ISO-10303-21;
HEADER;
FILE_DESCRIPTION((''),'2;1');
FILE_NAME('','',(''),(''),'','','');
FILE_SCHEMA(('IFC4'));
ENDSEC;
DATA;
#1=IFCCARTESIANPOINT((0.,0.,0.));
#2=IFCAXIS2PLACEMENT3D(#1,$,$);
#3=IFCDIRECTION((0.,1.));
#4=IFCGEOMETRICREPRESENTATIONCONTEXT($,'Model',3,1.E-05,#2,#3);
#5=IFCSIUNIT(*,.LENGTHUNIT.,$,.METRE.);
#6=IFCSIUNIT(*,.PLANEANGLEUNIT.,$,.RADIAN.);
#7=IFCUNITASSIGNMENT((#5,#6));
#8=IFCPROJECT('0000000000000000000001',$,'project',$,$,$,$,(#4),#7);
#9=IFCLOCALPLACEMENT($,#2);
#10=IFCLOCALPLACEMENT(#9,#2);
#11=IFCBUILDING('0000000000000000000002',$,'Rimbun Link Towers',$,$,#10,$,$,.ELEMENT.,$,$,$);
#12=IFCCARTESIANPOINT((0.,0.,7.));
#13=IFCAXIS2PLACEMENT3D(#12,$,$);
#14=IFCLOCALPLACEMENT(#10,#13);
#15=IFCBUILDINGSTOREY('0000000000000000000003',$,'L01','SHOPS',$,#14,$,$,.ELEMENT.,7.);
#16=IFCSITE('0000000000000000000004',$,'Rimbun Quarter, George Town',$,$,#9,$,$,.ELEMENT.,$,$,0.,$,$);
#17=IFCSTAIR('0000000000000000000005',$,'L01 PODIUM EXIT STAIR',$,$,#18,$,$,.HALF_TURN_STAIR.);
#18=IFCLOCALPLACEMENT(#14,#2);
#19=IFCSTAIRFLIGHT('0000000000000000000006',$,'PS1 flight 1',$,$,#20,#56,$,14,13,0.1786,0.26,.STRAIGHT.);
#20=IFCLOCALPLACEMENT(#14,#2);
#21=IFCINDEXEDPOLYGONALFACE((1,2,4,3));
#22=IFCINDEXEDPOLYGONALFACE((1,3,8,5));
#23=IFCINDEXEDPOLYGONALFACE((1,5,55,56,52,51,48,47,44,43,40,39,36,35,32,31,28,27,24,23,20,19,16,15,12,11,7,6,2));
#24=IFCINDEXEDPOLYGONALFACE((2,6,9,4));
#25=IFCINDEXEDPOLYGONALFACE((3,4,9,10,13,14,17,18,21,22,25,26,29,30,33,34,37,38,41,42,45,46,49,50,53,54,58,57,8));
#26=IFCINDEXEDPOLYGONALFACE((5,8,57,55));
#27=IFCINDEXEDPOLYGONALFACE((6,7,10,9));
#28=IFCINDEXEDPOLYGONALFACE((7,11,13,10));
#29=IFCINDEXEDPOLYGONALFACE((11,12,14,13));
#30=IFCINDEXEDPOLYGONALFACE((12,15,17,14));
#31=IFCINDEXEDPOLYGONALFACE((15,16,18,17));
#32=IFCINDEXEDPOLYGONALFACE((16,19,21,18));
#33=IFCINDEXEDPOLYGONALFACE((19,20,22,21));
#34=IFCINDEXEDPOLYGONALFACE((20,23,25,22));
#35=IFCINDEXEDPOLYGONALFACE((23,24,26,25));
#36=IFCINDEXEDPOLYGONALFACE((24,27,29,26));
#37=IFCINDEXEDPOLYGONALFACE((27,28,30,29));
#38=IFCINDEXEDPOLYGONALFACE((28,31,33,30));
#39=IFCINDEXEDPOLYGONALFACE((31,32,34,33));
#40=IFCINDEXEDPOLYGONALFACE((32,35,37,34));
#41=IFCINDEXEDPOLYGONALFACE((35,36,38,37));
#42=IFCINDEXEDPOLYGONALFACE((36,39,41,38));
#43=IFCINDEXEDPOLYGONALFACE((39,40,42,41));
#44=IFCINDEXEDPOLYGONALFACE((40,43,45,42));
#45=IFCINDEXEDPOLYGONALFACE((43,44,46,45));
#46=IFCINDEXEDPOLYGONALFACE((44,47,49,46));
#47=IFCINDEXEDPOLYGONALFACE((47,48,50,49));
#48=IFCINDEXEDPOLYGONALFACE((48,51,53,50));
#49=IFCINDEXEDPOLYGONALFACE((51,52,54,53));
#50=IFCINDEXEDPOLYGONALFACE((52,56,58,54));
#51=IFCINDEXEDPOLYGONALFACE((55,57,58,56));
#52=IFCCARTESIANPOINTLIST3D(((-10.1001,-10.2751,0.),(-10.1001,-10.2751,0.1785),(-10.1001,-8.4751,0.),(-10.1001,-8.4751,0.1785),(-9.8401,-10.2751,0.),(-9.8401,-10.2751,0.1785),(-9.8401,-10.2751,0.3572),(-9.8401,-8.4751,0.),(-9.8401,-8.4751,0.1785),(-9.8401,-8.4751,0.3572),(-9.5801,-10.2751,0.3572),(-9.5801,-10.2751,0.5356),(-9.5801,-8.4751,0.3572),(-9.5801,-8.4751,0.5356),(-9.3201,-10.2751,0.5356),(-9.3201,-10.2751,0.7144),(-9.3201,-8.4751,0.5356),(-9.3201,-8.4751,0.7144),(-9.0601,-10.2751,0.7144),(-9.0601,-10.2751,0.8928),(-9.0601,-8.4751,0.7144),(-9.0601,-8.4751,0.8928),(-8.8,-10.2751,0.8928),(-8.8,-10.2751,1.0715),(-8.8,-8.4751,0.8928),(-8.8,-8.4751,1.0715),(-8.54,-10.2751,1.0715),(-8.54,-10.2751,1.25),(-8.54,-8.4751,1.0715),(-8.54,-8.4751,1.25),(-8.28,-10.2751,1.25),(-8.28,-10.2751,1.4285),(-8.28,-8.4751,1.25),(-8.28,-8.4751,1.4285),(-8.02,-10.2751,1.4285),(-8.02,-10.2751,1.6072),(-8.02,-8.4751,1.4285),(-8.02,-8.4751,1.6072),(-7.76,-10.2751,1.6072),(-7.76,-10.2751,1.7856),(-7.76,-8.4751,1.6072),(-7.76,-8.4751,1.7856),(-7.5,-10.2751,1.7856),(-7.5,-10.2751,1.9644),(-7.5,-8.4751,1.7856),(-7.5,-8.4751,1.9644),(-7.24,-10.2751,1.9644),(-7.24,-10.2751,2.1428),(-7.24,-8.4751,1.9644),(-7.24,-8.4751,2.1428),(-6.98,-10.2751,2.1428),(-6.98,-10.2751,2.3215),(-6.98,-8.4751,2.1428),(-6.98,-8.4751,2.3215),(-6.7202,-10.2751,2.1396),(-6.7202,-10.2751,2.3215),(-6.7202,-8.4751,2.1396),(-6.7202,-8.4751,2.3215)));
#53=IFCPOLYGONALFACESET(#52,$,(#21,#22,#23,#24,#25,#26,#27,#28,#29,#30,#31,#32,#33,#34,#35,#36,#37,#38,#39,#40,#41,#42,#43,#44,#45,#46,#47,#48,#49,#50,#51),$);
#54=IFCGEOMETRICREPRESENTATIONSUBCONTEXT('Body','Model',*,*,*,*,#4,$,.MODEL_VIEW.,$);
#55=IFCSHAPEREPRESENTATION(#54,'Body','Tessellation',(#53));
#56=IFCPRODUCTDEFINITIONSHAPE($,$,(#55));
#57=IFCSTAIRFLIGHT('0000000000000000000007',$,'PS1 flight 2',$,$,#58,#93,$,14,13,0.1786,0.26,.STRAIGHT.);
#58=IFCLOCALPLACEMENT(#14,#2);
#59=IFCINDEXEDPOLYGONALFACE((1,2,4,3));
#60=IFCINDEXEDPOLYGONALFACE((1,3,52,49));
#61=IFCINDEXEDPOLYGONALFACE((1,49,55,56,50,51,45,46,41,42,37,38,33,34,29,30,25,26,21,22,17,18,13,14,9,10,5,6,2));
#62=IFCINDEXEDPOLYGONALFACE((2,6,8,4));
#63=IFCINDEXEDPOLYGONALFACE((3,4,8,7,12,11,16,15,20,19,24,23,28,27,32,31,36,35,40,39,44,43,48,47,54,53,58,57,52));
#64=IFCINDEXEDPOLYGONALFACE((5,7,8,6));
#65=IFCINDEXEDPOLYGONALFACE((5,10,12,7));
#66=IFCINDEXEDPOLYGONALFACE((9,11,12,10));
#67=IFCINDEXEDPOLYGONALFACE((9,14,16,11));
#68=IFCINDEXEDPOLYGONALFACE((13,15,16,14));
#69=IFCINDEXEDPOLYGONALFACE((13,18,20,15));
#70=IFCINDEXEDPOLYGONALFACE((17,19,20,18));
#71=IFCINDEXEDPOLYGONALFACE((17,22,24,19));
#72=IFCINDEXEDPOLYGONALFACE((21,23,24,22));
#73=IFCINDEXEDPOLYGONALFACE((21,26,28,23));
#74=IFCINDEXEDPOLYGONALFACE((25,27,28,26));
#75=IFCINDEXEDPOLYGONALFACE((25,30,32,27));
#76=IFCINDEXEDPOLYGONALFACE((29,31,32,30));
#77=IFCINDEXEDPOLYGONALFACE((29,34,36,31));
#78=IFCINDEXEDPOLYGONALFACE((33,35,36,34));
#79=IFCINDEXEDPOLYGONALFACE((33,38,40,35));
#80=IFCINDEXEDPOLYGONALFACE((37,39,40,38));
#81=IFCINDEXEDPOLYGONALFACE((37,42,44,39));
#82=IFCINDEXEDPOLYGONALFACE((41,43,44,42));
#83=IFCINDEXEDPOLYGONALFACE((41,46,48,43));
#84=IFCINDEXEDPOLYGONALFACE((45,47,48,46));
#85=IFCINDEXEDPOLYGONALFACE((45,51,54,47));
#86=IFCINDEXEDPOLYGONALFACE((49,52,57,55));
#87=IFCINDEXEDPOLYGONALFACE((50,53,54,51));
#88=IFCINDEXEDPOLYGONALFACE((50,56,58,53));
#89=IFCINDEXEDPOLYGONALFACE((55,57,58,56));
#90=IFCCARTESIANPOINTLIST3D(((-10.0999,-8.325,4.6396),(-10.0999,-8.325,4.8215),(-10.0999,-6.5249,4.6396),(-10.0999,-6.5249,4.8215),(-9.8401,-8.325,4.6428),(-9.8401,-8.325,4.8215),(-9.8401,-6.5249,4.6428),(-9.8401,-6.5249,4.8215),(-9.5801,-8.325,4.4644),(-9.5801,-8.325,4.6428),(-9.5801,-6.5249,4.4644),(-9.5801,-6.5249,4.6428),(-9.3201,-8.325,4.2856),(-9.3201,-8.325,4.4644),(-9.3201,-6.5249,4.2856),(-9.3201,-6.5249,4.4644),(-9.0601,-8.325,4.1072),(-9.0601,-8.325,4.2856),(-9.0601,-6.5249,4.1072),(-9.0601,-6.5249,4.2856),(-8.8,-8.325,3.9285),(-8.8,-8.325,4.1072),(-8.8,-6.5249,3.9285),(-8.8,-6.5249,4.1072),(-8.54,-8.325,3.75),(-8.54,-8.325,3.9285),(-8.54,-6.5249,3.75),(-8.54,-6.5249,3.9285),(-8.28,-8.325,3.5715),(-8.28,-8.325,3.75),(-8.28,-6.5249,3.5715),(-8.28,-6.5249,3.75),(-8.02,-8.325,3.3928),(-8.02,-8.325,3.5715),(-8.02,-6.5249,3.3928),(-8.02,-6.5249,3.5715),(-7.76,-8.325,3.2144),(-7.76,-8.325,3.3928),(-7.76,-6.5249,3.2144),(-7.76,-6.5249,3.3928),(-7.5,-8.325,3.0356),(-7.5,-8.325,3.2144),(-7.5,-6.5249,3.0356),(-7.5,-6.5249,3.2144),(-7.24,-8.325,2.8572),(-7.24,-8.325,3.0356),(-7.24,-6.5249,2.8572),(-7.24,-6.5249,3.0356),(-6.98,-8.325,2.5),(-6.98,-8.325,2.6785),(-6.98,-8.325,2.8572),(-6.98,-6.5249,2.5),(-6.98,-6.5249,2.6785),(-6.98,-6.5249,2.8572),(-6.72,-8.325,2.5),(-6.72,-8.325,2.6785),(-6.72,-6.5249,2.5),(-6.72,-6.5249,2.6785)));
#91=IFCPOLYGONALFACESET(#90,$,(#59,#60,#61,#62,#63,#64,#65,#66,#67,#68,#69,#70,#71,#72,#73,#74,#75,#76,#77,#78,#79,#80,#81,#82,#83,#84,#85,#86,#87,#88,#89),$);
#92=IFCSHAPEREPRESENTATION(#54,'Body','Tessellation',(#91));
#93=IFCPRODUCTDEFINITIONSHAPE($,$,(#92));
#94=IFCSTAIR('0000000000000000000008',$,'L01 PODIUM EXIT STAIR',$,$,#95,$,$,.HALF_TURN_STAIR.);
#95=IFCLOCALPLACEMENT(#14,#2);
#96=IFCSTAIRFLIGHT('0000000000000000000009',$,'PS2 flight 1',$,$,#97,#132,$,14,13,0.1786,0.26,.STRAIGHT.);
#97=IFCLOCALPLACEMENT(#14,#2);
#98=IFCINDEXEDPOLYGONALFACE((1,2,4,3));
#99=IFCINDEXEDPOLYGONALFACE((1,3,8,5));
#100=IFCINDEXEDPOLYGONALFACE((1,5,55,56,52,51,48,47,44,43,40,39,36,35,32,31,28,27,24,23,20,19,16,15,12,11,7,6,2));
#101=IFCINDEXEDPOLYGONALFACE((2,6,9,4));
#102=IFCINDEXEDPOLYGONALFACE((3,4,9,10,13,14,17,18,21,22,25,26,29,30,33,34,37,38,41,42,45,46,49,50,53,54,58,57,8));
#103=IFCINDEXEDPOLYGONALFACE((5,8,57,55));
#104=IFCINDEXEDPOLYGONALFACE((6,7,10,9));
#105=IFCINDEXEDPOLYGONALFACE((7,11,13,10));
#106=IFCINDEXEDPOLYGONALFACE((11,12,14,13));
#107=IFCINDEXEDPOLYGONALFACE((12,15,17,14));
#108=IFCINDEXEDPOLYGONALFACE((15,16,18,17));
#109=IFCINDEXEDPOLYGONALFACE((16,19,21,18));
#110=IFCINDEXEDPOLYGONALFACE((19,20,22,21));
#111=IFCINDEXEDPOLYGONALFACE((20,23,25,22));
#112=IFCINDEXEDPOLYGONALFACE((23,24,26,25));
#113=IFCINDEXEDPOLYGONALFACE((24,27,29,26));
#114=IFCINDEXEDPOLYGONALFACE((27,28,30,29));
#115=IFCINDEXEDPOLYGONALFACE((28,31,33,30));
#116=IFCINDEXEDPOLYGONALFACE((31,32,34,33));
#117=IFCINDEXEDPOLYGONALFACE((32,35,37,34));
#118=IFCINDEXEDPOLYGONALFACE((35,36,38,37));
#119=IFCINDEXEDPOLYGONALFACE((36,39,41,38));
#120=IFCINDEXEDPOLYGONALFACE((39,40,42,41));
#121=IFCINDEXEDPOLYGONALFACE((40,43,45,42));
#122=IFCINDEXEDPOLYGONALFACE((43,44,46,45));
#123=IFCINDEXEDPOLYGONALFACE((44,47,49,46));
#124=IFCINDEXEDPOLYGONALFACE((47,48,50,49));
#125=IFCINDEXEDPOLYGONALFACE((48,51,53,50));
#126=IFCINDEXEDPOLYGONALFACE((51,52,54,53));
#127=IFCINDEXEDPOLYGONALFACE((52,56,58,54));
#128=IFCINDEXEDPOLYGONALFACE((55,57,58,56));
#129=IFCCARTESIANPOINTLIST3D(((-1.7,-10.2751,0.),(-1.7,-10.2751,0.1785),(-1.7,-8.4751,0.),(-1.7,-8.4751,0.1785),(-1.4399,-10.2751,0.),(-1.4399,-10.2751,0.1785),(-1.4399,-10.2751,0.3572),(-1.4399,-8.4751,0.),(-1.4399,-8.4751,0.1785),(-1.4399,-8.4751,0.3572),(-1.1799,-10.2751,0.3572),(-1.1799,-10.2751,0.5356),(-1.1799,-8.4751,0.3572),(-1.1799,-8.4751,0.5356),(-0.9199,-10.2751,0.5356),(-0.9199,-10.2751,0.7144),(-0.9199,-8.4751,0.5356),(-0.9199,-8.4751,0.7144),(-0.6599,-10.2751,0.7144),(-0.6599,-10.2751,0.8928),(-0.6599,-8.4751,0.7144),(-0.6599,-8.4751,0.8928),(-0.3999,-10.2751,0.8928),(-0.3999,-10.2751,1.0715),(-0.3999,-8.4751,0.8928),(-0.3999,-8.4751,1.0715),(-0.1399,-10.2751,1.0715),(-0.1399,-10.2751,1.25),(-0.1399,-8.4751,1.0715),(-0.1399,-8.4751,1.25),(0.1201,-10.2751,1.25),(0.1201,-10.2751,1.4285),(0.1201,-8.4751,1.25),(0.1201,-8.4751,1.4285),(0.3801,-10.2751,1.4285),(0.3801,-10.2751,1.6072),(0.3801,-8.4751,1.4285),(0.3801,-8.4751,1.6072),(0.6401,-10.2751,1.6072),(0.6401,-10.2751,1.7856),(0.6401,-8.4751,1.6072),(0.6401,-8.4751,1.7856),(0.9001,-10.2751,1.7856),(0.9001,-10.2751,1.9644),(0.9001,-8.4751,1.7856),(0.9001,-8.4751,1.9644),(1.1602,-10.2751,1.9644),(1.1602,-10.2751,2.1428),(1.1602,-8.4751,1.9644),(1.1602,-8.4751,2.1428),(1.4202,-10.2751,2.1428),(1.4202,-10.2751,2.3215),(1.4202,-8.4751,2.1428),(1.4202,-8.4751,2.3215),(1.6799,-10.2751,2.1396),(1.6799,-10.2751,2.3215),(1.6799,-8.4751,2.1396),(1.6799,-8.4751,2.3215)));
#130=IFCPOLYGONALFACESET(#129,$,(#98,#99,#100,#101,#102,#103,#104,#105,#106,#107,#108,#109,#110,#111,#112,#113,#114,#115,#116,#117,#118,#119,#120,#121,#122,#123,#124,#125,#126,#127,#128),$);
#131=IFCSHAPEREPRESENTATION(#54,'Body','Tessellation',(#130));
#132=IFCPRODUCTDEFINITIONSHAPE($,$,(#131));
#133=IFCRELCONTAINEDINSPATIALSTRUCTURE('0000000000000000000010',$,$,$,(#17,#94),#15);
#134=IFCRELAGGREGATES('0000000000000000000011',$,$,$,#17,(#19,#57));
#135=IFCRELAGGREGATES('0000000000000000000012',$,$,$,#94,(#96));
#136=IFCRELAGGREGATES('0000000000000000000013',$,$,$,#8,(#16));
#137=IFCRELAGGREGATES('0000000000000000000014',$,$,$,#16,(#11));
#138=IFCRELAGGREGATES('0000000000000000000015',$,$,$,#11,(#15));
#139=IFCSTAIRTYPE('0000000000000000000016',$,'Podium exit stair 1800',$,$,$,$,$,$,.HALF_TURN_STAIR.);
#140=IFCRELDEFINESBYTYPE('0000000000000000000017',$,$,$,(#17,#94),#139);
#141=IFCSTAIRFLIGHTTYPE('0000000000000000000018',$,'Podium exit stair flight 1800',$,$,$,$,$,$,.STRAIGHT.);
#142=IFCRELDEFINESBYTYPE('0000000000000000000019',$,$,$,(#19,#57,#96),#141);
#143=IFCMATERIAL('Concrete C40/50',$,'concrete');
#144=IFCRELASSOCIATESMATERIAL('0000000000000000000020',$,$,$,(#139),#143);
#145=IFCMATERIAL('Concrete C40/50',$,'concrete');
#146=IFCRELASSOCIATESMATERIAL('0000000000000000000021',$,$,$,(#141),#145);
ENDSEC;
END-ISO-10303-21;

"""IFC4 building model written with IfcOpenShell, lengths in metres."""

from ifc_helpers import new_model, si_unit, direction, frame, origin, place, context, subcontext, project, spatial, polyline, outline, extrude, material, type_object, element, aggregate, save


model = new_model("IFC4")

# Units and contexts
model_context = context("Model", 3, precision=1e-05, world=origin(), true_north=direction((0.0, 1.0)))
body_context = subcontext(model_context, "Body", "Model", "MODEL_VIEW")
ifc_project = project(units=[si_unit("LENGTHUNIT", "METRE"), si_unit("PLANEANGLEUNIT", "RADIAN")], contexts=[model_context])

# Site, building, storey
site_placement = place(None, origin())
site = spatial("IfcSite", under=ifc_project, at=site_placement, Name="Rimbun Quarter, George Town", CompositionType="ELEMENT", RefElevation=0.0)
building_placement = place(site_placement, origin())
building = spatial("IfcBuilding", under=site, at=building_placement, Name="Rimbun Link Towers", CompositionType="ELEMENT")
storey_placement = place(building_placement, frame((0.0, 0.0, 7.0)))
storey = spatial("IfcBuildingStorey", under=building, at=storey_placement, Name="L01", Description="SHOPS", CompositionType="ELEMENT", Elevation=7.0)

# Stair, stair flights
ifc_material_1 = material(Name="Concrete C40/50", Category="concrete")
stair_type = type_object("IfcStairType", Name="Podium exit stair 1800", PredefinedType="HALF_TURN_STAIR", material=ifc_material_1)
stair_1_placement = place(storey_placement, origin())
stair_1 = element("IfcStair", 1, at=stair_1_placement, inside=storey, type_object=stair_type, Name="L01 PODIUM EXIT STAIR", PredefinedType="HALF_TURN_STAIR")
ifc_material_2 = material(Name="Concrete C40/50", Category="concrete")
stair_flight_type = type_object("IfcStairFlightType", Name="Podium exit stair flight 1800", PredefinedType="STRAIGHT", material=ifc_material_2)
stair_flight_1_placement = place(storey_placement, frame((-10.1001, -9.375, 0.0), z_axis=(0.0, 0.0, 1.0), x_axis=(1.0, 0.0, 0.0)))
stair_flight_1 = element("IfcStairFlight", 2, at=stair_flight_1_placement, type_object=stair_flight_type, Name="PS1 flight 1", NumberOfRisers=14, NumberOfTreads=13, PredefinedType="STRAIGHT", RiserHeight=0.1786, TreadLength=0.26, context=body_context, shape_type="SweptSolid", body=[
    extrude(outline(polyline([(0.0, 0.0), (0.0, 0.1785), (0.26, 0.1785), (0.26, 0.3572), (0.52, 0.3572), (0.52, 0.5356), (0.78, 0.5356), (0.78, 0.7144), (1.04, 0.7144), (1.04, 0.8928), (1.3, 0.8928), (1.3, 1.0715), (1.5601, 1.0715), (1.5601, 1.25), (1.8201, 1.25), (1.8201, 1.4285), (2.0801, 1.4285), (2.0801, 1.6072), (2.3401, 1.6072), (2.3401, 1.7856), (2.6001, 1.7856), (2.6001, 1.9644), (2.8601, 1.9644), (2.8601, 2.1428), (3.1201, 2.1428), (3.1201, 2.3215), (3.3799, 2.3215), (3.3799, 2.5), (3.3799, 2.1396), (0.26, 0.0), (0.0, 0.0)])), frame((0.0, 0.8999, 0.0), z_axis=(0.0, -1.0, 0.0), x_axis=(1.0, 0.0, 0.0)), (0.0, 0.0, 1.0), 1.8),
])
stair_flight_2_placement = place(storey_placement, frame((-6.72, -7.425, 2.5), z_axis=(0.0, 0.0, 1.0), x_axis=(-1.0, 0.0, 0.0)))
stair_flight_2 = element("IfcStairFlight", 3, at=stair_flight_2_placement, type_object=stair_flight_type, Name="PS1 flight 2", NumberOfRisers=14, NumberOfTreads=13, PredefinedType="STRAIGHT", RiserHeight=0.1786, TreadLength=0.26, context=body_context, shape_type="SweptSolid", body=[
    extrude(outline(polyline([(0.0, 0.0), (0.0, 0.1785), (0.26, 0.1785), (0.26, 0.3572), (0.52, 0.3572), (0.52, 0.5356), (0.78, 0.5356), (0.78, 0.7144), (1.04, 0.7144), (1.04, 0.8928), (1.3, 0.8928), (1.3, 1.0715), (1.5601, 1.0715), (1.5601, 1.25), (1.8201, 1.25), (1.8201, 1.4285), (2.0801, 1.4285), (2.0801, 1.6072), (2.3401, 1.6072), (2.3401, 1.7856), (2.6001, 1.7856), (2.6001, 1.9644), (2.8601, 1.9644), (2.8601, 2.1428), (3.1201, 2.1428), (3.1201, 2.3215), (3.3799, 2.3215), (3.3799, 2.5), (3.3799, 2.1396), (0.26, 0.0), (0.0, 0.0)])), frame((0.0, 0.8999, 0.0), z_axis=(0.0, -1.0, 0.0), x_axis=(1.0, 0.0, 0.0)), (0.0, 0.0, 1.0), 1.8),
])
aggregate(stair_1, [stair_flight_1, stair_flight_2])

# Stair, stair flight
stair_2_placement = place(storey_placement, origin())
stair_2 = element("IfcStair", 4, at=stair_2_placement, inside=storey, type_object=stair_type, Name="L01 PODIUM EXIT STAIR", PredefinedType="HALF_TURN_STAIR")
stair_flight_3_placement = place(storey_placement, frame((-1.7, -9.375, 0.0), z_axis=(0.0, 0.0, 1.0), x_axis=(1.0, 0.0, 0.0)))
stair_flight_3 = element("IfcStairFlight", 5, at=stair_flight_3_placement, type_object=stair_flight_type, Name="PS2 flight 1", NumberOfRisers=14, NumberOfTreads=13, PredefinedType="STRAIGHT", RiserHeight=0.1786, TreadLength=0.26, context=body_context, shape_type="SweptSolid", body=[
    extrude(outline(polyline([(0.0, 0.0), (0.0, 0.1785), (0.26, 0.1785), (0.26, 0.3572), (0.52, 0.3572), (0.52, 0.5356), (0.78, 0.5356), (0.78, 0.7144), (1.04, 0.7144), (1.04, 0.8928), (1.3, 0.8928), (1.3, 1.0715), (1.5601, 1.0715), (1.5601, 1.25), (1.8201, 1.25), (1.8201, 1.4285), (2.0801, 1.4285), (2.0801, 1.6072), (2.3401, 1.6072), (2.3401, 1.7856), (2.6001, 1.7856), (2.6001, 1.9644), (2.8601, 1.9644), (2.8601, 2.1428), (3.1201, 2.1428), (3.1201, 2.3215), (3.3799, 2.3215), (3.3799, 2.5), (3.3799, 2.1396), (0.26, 0.0), (0.0, 0.0)])), frame((0.0, 0.8999, 0.0), z_axis=(0.0, -1.0, 0.0), x_axis=(1.0, 0.0, 0.0)), (0.0, 0.0, 1.0), 1.8),
])
aggregate(stair_2, [stair_flight_3])

save(model, "model.ifc")
